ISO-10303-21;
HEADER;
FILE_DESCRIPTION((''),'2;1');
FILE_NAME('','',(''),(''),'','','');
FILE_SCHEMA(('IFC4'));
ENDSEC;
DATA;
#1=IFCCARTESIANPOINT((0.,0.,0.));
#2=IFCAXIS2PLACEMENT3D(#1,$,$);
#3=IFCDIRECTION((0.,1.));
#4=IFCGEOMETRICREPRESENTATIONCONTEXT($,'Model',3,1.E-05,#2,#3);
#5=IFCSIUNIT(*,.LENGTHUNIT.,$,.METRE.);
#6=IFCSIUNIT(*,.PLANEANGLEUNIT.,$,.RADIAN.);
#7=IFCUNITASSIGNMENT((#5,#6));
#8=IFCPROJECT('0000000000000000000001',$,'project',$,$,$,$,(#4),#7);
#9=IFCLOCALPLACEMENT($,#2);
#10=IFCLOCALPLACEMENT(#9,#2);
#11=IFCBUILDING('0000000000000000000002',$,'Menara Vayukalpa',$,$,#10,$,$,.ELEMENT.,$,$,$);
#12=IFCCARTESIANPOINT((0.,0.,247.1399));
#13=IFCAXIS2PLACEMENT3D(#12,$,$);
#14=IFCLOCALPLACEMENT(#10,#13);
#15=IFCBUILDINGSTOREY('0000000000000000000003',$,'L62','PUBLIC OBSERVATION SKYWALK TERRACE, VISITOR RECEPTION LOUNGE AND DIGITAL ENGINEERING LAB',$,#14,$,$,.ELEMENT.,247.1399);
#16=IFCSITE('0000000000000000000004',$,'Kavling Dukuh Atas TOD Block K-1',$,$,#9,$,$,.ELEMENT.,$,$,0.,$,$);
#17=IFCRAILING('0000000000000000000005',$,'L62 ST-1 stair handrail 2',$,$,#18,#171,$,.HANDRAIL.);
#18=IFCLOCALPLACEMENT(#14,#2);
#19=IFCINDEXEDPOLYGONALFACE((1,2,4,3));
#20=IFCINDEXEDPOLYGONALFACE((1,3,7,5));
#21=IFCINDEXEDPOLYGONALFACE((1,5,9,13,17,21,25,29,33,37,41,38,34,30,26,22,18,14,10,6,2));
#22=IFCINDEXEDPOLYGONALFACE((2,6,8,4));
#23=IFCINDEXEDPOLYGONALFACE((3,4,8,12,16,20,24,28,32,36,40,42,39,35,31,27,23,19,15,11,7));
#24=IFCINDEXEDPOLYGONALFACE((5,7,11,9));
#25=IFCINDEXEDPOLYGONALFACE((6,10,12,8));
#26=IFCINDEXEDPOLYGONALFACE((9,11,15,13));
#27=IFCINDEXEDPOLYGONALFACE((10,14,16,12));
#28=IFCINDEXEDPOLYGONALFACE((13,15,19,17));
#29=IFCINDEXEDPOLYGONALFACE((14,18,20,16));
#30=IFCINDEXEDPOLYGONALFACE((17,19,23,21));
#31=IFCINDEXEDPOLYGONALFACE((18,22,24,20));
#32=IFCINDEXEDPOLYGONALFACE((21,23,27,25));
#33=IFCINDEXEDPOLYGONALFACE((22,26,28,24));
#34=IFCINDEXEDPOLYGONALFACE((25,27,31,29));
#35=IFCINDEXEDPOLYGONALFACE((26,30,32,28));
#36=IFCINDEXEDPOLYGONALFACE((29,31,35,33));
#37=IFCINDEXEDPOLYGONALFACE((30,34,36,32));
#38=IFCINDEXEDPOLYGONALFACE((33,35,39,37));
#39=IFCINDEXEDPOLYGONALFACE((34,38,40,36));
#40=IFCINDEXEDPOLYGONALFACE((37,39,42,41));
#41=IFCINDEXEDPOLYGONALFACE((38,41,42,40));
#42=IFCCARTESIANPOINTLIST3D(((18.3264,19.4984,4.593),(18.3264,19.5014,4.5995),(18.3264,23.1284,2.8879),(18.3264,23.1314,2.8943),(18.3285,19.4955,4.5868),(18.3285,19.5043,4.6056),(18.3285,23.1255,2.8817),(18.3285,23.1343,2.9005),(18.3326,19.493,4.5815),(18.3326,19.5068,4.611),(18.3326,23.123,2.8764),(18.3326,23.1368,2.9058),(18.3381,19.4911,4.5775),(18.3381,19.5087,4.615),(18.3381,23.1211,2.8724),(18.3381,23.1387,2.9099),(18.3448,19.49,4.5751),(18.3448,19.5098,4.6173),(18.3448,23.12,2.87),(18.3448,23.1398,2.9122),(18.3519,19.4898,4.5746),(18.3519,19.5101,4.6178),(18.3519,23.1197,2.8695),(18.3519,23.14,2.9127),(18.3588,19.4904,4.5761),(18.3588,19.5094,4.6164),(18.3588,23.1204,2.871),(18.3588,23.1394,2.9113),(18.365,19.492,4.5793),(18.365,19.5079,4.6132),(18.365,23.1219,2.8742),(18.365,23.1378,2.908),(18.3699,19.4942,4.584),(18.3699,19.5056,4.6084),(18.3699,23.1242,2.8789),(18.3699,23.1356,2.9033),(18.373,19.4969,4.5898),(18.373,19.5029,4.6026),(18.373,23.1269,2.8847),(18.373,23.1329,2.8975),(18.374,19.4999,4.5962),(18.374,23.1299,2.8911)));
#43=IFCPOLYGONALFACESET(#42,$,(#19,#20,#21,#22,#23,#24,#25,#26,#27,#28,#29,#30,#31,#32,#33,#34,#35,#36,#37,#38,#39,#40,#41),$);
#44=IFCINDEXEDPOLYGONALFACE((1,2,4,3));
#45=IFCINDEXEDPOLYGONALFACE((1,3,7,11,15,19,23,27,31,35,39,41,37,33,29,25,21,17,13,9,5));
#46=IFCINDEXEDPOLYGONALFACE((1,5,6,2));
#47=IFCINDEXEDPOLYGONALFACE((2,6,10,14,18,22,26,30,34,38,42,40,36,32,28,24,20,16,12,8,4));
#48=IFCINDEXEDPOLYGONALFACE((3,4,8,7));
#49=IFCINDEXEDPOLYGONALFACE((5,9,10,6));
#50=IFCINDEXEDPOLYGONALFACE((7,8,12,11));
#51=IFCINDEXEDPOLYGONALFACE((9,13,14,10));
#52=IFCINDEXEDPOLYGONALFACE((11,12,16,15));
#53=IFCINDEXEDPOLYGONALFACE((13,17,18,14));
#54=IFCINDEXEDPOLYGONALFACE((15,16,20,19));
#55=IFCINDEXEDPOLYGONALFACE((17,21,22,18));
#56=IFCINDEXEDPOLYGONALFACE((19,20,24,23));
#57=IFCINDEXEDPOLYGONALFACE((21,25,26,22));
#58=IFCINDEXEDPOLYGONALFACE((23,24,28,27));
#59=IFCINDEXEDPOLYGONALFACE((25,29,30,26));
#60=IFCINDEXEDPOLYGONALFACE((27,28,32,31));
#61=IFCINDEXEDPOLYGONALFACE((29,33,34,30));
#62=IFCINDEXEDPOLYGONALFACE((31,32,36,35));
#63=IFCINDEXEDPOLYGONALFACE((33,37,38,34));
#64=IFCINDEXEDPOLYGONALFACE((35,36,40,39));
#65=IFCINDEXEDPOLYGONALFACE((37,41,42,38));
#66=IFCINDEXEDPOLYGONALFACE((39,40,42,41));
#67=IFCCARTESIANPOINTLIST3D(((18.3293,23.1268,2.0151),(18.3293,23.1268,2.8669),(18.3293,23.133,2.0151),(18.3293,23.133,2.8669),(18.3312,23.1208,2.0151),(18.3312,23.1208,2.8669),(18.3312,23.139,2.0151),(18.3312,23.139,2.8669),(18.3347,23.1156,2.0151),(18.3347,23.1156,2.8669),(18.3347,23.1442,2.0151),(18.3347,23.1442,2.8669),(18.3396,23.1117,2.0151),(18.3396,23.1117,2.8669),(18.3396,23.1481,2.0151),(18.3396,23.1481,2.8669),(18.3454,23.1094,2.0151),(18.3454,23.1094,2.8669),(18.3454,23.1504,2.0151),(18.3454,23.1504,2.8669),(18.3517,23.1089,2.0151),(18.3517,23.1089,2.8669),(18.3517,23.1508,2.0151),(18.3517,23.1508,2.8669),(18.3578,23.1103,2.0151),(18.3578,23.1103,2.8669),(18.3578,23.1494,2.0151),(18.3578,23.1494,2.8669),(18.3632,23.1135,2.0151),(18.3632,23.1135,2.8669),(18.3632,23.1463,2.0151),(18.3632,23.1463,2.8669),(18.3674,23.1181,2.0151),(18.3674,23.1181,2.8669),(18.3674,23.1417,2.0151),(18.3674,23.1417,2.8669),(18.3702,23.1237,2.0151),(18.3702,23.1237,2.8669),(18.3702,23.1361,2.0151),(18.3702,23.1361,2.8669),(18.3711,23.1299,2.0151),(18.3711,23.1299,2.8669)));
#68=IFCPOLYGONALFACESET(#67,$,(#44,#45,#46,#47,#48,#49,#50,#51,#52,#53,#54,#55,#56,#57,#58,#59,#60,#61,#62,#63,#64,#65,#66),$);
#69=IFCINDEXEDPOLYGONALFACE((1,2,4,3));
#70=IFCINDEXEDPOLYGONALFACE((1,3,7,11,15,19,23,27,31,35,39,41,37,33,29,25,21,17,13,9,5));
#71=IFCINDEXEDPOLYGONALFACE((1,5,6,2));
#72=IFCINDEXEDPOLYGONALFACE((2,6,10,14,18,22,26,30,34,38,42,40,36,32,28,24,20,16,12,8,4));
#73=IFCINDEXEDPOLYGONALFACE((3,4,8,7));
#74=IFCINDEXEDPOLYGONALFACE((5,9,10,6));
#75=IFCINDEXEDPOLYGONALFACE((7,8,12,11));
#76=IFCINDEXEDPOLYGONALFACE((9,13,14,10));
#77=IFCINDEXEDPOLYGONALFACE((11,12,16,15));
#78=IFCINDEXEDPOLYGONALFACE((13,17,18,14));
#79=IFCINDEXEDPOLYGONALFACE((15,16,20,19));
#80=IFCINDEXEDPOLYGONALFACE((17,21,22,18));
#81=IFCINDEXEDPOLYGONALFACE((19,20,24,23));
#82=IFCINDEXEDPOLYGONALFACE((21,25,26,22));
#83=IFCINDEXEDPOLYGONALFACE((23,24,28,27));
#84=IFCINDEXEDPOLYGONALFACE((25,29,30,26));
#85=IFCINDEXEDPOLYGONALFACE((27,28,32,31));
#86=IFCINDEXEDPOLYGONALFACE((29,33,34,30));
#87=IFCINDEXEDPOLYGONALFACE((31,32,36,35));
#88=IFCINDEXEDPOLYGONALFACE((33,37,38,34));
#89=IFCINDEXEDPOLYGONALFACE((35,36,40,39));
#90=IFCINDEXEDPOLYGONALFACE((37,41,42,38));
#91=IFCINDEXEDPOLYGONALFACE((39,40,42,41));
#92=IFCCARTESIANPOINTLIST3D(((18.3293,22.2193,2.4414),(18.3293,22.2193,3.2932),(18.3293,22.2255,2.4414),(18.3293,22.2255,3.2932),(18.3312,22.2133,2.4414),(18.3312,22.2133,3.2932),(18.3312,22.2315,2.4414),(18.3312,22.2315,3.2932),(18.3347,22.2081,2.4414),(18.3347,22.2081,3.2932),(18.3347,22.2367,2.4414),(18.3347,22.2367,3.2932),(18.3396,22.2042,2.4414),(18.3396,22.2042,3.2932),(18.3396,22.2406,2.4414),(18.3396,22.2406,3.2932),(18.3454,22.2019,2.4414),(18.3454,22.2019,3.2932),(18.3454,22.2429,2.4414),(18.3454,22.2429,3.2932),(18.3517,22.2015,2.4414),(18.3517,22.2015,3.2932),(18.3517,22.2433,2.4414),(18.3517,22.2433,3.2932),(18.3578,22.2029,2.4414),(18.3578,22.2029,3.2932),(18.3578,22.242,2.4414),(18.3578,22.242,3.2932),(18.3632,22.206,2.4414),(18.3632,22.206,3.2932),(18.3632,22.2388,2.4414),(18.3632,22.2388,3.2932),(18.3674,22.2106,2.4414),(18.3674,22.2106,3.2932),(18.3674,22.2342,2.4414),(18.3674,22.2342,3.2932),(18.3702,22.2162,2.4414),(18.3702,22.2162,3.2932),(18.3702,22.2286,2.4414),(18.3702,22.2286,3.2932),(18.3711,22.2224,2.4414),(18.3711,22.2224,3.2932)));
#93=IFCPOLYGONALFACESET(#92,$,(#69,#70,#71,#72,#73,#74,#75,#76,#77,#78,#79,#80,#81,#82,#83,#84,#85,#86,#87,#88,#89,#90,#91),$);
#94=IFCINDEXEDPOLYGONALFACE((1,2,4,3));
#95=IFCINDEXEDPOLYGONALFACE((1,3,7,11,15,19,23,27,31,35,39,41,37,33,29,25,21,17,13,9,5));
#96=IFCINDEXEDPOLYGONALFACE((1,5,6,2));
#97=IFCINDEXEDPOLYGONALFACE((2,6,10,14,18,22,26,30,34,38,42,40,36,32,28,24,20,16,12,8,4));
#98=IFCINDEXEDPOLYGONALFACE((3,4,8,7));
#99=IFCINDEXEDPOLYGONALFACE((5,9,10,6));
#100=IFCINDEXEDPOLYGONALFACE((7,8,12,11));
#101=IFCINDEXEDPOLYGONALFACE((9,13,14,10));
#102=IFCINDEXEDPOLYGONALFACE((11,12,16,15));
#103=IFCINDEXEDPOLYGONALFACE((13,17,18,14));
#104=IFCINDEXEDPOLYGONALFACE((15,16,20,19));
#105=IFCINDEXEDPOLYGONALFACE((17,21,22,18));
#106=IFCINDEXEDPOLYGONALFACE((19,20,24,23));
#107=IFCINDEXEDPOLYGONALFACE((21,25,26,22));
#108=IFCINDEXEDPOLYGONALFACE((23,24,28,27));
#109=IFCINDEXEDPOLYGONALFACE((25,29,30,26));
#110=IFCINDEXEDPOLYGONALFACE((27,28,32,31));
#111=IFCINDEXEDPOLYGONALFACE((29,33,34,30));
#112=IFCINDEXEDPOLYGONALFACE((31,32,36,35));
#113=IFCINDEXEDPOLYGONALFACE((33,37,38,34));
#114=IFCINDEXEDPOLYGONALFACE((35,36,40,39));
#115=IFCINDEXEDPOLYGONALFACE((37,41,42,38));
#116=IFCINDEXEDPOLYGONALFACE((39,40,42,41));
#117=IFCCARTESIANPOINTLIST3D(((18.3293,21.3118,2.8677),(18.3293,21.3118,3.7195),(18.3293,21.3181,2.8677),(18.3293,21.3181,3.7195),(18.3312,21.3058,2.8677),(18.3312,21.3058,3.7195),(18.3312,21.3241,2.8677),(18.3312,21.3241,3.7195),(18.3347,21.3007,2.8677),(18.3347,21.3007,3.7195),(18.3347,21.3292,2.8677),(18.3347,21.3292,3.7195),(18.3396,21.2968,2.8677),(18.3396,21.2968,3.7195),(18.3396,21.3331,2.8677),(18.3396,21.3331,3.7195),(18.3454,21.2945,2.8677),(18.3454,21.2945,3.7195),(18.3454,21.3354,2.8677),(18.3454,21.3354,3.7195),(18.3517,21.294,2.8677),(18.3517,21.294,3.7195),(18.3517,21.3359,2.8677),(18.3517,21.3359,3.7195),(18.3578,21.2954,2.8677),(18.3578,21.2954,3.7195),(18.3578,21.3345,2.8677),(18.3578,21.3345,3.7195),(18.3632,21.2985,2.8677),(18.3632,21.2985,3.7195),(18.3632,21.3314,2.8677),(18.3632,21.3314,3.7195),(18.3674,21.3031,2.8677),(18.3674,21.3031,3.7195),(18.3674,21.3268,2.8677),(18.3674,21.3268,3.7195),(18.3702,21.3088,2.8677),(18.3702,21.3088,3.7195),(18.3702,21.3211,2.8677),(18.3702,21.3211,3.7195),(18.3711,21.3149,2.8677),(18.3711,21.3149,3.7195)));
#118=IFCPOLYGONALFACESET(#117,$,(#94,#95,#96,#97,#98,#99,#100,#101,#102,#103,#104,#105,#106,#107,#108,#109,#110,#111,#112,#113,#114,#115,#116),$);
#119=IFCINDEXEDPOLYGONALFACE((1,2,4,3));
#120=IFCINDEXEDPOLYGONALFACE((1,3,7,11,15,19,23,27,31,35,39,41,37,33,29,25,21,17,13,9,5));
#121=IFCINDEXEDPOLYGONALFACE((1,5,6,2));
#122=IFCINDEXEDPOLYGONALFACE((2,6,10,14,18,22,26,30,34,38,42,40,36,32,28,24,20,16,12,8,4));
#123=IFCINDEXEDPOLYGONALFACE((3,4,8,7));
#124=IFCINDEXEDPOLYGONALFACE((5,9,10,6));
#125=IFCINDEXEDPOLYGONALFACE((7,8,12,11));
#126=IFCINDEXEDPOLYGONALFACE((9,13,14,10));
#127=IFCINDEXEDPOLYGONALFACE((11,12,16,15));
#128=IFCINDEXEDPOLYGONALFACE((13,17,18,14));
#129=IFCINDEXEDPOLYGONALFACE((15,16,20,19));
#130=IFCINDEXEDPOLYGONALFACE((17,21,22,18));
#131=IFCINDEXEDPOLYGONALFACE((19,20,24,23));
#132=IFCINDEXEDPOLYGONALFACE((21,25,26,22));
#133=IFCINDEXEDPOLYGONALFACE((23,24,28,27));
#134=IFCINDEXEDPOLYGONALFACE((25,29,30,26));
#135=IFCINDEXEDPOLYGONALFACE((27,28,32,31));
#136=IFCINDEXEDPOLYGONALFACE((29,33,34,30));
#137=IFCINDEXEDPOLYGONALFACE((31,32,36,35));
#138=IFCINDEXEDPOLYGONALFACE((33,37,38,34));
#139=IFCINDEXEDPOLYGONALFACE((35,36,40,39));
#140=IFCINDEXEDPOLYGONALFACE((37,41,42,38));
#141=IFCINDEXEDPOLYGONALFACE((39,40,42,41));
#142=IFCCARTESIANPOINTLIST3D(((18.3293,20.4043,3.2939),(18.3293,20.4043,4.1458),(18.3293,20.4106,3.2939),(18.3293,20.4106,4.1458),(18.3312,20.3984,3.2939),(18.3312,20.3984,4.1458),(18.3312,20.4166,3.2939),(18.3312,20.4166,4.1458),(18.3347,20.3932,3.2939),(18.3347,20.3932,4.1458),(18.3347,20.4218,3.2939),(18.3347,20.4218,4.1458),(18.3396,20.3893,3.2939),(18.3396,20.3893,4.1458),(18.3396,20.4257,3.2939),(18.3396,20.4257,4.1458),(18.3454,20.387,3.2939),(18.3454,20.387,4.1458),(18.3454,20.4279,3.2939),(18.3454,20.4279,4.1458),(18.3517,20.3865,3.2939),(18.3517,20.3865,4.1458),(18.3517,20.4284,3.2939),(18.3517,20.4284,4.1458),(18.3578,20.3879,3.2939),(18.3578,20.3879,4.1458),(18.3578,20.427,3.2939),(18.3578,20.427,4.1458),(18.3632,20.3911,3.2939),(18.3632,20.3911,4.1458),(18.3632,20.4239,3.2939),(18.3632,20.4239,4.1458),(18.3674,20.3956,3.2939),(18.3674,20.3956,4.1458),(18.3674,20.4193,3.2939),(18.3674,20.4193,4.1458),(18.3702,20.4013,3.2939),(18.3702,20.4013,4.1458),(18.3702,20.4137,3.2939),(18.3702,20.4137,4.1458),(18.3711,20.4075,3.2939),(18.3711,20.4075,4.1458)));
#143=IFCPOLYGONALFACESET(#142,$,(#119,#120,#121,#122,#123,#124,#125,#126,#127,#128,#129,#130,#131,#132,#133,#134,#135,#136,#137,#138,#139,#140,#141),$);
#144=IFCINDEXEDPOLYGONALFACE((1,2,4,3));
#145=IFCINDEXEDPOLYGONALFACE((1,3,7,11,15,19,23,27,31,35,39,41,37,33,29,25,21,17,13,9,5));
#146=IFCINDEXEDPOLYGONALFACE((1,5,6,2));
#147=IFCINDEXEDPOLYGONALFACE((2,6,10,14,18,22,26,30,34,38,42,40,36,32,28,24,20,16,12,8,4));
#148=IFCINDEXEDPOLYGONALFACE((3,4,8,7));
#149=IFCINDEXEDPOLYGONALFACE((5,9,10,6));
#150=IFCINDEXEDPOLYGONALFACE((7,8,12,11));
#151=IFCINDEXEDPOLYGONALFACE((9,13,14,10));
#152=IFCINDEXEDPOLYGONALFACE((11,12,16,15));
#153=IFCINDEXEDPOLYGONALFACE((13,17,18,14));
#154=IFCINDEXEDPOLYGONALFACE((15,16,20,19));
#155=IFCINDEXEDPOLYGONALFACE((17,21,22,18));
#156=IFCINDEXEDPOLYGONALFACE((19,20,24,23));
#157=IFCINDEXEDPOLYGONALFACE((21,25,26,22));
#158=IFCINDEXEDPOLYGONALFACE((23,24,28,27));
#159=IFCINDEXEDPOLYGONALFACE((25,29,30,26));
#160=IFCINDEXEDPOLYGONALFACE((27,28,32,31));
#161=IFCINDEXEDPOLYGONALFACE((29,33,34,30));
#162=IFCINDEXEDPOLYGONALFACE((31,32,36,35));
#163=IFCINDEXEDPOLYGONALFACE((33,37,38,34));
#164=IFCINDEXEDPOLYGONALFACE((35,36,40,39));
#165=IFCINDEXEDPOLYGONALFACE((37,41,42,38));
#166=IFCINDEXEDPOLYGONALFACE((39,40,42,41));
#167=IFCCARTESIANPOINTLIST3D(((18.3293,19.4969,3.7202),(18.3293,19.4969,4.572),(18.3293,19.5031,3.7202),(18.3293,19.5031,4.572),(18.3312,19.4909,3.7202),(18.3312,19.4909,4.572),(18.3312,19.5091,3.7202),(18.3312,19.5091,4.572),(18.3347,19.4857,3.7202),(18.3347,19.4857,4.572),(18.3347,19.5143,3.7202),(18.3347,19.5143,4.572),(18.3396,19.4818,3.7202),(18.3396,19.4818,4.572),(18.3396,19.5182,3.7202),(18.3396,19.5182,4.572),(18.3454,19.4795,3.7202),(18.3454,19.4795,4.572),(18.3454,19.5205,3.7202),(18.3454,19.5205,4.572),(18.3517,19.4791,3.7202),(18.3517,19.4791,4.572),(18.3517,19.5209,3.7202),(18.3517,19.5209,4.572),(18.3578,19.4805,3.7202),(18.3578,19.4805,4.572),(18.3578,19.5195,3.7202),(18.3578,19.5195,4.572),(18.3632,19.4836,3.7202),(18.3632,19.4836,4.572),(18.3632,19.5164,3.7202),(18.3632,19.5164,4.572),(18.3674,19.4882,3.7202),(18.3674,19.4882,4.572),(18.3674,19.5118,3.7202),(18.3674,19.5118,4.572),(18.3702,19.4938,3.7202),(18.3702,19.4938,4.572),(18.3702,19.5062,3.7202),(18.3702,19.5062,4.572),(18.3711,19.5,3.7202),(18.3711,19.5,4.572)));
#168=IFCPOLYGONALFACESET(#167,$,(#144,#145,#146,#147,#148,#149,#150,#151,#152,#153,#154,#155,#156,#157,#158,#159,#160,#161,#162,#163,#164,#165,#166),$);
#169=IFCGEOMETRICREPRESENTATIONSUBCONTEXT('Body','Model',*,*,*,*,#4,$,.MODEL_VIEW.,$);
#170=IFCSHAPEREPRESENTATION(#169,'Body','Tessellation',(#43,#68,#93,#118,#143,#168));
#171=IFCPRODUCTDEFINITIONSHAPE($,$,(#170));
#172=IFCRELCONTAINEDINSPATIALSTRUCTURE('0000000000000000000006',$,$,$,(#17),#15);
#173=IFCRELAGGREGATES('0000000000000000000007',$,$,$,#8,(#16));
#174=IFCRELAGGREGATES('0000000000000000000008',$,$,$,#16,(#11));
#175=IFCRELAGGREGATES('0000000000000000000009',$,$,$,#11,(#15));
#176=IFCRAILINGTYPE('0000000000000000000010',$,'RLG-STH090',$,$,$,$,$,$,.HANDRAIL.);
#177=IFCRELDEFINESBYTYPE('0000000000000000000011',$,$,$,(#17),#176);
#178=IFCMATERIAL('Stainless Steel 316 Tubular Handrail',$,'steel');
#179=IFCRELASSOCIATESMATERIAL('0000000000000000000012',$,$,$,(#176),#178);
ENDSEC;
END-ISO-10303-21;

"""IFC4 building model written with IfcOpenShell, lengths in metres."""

from ifc_helpers import new_model, si_unit, direction, frame, origin, origin_2d, place, context, subcontext, project, spatial, circle, extrude, material, type_object, element, save


model = new_model("IFC4")

# Units and contexts
model_context = context("Model", 3, precision=1e-05, world=origin(), true_north=direction((0.0, 1.0)))
body_context = subcontext(model_context, "Body", "Model", "MODEL_VIEW")
ifc_project = project(units=[si_unit("LENGTHUNIT", "METRE"), si_unit("PLANEANGLEUNIT", "RADIAN")], contexts=[model_context])

# Site, building, storey
site_placement = place(None, origin())
site = spatial("IfcSite", under=ifc_project, at=site_placement, Name="Kavling Dukuh Atas TOD Block K-1", CompositionType="ELEMENT", RefElevation=0.0)
building_placement = place(site_placement, origin())
building = spatial("IfcBuilding", under=site, at=building_placement, Name="Menara Vayukalpa", CompositionType="ELEMENT")
storey_placement = place(building_placement, frame((0.0, 0.0, 247.1399)))
storey = spatial("IfcBuildingStorey", under=building, at=storey_placement, Name="L62", Description="PUBLIC OBSERVATION SKYWALK TERRACE, VISITOR RECEPTION LOUNGE AND DIGITAL ENGINEERING LAB", CompositionType="ELEMENT", Elevation=247.1399)

# Railing
ifc_material_1 = material(Name="Stainless Steel 316 Tubular Handrail", Category="steel")
railing_type_1 = type_object("IfcRailingType", Name="RLG-STH090", PredefinedType="HANDRAIL", material=ifc_material_1)
railing_1_placement = place(storey_placement, frame((18.3501, 23.1299, 2.0151)))
element("IfcRailing", 1, at=railing_1_placement, inside=storey, type_object=railing_type_1, Name="L62 ST-1 stair handrail 2", PredefinedType="HANDRAIL", context=body_context, shape_type="SweptSolid", body=[
    extrude(circle(Radius=0.0239, at=origin_2d()), frame((0.0, 0.0, 0.876), z_axis=(0.0, -0.905116, 0.425164), x_axis=(1.0, 0.0, 0.0)), (0.0, 0.0, 1.0), 4.0105),
    extrude(circle(Radius=0.021, at=origin_2d()), origin(), (0.0, 0.0, 1.0), 0.8518),
    extrude(circle(Radius=0.021, at=origin_2d()), frame((0.0, -0.9075, 0.4263)), (0.0, 0.0, 1.0), 0.8518),
    extrude(circle(Radius=0.021, at=origin_2d()), frame((0.0, -1.8149, 0.8525)), (0.0, 0.0, 1.0), 0.8518),
    extrude(circle(Radius=0.021, at=origin_2d()), frame((0.0, -2.7224, 1.2788)), (0.0, 0.0, 1.0), 0.8518),
    extrude(circle(Radius=0.021, at=origin_2d()), frame((0.0, -3.6299, 1.7051)), (0.0, 0.0, 1.0), 0.8518),
])

save(model, "model.ifc")
